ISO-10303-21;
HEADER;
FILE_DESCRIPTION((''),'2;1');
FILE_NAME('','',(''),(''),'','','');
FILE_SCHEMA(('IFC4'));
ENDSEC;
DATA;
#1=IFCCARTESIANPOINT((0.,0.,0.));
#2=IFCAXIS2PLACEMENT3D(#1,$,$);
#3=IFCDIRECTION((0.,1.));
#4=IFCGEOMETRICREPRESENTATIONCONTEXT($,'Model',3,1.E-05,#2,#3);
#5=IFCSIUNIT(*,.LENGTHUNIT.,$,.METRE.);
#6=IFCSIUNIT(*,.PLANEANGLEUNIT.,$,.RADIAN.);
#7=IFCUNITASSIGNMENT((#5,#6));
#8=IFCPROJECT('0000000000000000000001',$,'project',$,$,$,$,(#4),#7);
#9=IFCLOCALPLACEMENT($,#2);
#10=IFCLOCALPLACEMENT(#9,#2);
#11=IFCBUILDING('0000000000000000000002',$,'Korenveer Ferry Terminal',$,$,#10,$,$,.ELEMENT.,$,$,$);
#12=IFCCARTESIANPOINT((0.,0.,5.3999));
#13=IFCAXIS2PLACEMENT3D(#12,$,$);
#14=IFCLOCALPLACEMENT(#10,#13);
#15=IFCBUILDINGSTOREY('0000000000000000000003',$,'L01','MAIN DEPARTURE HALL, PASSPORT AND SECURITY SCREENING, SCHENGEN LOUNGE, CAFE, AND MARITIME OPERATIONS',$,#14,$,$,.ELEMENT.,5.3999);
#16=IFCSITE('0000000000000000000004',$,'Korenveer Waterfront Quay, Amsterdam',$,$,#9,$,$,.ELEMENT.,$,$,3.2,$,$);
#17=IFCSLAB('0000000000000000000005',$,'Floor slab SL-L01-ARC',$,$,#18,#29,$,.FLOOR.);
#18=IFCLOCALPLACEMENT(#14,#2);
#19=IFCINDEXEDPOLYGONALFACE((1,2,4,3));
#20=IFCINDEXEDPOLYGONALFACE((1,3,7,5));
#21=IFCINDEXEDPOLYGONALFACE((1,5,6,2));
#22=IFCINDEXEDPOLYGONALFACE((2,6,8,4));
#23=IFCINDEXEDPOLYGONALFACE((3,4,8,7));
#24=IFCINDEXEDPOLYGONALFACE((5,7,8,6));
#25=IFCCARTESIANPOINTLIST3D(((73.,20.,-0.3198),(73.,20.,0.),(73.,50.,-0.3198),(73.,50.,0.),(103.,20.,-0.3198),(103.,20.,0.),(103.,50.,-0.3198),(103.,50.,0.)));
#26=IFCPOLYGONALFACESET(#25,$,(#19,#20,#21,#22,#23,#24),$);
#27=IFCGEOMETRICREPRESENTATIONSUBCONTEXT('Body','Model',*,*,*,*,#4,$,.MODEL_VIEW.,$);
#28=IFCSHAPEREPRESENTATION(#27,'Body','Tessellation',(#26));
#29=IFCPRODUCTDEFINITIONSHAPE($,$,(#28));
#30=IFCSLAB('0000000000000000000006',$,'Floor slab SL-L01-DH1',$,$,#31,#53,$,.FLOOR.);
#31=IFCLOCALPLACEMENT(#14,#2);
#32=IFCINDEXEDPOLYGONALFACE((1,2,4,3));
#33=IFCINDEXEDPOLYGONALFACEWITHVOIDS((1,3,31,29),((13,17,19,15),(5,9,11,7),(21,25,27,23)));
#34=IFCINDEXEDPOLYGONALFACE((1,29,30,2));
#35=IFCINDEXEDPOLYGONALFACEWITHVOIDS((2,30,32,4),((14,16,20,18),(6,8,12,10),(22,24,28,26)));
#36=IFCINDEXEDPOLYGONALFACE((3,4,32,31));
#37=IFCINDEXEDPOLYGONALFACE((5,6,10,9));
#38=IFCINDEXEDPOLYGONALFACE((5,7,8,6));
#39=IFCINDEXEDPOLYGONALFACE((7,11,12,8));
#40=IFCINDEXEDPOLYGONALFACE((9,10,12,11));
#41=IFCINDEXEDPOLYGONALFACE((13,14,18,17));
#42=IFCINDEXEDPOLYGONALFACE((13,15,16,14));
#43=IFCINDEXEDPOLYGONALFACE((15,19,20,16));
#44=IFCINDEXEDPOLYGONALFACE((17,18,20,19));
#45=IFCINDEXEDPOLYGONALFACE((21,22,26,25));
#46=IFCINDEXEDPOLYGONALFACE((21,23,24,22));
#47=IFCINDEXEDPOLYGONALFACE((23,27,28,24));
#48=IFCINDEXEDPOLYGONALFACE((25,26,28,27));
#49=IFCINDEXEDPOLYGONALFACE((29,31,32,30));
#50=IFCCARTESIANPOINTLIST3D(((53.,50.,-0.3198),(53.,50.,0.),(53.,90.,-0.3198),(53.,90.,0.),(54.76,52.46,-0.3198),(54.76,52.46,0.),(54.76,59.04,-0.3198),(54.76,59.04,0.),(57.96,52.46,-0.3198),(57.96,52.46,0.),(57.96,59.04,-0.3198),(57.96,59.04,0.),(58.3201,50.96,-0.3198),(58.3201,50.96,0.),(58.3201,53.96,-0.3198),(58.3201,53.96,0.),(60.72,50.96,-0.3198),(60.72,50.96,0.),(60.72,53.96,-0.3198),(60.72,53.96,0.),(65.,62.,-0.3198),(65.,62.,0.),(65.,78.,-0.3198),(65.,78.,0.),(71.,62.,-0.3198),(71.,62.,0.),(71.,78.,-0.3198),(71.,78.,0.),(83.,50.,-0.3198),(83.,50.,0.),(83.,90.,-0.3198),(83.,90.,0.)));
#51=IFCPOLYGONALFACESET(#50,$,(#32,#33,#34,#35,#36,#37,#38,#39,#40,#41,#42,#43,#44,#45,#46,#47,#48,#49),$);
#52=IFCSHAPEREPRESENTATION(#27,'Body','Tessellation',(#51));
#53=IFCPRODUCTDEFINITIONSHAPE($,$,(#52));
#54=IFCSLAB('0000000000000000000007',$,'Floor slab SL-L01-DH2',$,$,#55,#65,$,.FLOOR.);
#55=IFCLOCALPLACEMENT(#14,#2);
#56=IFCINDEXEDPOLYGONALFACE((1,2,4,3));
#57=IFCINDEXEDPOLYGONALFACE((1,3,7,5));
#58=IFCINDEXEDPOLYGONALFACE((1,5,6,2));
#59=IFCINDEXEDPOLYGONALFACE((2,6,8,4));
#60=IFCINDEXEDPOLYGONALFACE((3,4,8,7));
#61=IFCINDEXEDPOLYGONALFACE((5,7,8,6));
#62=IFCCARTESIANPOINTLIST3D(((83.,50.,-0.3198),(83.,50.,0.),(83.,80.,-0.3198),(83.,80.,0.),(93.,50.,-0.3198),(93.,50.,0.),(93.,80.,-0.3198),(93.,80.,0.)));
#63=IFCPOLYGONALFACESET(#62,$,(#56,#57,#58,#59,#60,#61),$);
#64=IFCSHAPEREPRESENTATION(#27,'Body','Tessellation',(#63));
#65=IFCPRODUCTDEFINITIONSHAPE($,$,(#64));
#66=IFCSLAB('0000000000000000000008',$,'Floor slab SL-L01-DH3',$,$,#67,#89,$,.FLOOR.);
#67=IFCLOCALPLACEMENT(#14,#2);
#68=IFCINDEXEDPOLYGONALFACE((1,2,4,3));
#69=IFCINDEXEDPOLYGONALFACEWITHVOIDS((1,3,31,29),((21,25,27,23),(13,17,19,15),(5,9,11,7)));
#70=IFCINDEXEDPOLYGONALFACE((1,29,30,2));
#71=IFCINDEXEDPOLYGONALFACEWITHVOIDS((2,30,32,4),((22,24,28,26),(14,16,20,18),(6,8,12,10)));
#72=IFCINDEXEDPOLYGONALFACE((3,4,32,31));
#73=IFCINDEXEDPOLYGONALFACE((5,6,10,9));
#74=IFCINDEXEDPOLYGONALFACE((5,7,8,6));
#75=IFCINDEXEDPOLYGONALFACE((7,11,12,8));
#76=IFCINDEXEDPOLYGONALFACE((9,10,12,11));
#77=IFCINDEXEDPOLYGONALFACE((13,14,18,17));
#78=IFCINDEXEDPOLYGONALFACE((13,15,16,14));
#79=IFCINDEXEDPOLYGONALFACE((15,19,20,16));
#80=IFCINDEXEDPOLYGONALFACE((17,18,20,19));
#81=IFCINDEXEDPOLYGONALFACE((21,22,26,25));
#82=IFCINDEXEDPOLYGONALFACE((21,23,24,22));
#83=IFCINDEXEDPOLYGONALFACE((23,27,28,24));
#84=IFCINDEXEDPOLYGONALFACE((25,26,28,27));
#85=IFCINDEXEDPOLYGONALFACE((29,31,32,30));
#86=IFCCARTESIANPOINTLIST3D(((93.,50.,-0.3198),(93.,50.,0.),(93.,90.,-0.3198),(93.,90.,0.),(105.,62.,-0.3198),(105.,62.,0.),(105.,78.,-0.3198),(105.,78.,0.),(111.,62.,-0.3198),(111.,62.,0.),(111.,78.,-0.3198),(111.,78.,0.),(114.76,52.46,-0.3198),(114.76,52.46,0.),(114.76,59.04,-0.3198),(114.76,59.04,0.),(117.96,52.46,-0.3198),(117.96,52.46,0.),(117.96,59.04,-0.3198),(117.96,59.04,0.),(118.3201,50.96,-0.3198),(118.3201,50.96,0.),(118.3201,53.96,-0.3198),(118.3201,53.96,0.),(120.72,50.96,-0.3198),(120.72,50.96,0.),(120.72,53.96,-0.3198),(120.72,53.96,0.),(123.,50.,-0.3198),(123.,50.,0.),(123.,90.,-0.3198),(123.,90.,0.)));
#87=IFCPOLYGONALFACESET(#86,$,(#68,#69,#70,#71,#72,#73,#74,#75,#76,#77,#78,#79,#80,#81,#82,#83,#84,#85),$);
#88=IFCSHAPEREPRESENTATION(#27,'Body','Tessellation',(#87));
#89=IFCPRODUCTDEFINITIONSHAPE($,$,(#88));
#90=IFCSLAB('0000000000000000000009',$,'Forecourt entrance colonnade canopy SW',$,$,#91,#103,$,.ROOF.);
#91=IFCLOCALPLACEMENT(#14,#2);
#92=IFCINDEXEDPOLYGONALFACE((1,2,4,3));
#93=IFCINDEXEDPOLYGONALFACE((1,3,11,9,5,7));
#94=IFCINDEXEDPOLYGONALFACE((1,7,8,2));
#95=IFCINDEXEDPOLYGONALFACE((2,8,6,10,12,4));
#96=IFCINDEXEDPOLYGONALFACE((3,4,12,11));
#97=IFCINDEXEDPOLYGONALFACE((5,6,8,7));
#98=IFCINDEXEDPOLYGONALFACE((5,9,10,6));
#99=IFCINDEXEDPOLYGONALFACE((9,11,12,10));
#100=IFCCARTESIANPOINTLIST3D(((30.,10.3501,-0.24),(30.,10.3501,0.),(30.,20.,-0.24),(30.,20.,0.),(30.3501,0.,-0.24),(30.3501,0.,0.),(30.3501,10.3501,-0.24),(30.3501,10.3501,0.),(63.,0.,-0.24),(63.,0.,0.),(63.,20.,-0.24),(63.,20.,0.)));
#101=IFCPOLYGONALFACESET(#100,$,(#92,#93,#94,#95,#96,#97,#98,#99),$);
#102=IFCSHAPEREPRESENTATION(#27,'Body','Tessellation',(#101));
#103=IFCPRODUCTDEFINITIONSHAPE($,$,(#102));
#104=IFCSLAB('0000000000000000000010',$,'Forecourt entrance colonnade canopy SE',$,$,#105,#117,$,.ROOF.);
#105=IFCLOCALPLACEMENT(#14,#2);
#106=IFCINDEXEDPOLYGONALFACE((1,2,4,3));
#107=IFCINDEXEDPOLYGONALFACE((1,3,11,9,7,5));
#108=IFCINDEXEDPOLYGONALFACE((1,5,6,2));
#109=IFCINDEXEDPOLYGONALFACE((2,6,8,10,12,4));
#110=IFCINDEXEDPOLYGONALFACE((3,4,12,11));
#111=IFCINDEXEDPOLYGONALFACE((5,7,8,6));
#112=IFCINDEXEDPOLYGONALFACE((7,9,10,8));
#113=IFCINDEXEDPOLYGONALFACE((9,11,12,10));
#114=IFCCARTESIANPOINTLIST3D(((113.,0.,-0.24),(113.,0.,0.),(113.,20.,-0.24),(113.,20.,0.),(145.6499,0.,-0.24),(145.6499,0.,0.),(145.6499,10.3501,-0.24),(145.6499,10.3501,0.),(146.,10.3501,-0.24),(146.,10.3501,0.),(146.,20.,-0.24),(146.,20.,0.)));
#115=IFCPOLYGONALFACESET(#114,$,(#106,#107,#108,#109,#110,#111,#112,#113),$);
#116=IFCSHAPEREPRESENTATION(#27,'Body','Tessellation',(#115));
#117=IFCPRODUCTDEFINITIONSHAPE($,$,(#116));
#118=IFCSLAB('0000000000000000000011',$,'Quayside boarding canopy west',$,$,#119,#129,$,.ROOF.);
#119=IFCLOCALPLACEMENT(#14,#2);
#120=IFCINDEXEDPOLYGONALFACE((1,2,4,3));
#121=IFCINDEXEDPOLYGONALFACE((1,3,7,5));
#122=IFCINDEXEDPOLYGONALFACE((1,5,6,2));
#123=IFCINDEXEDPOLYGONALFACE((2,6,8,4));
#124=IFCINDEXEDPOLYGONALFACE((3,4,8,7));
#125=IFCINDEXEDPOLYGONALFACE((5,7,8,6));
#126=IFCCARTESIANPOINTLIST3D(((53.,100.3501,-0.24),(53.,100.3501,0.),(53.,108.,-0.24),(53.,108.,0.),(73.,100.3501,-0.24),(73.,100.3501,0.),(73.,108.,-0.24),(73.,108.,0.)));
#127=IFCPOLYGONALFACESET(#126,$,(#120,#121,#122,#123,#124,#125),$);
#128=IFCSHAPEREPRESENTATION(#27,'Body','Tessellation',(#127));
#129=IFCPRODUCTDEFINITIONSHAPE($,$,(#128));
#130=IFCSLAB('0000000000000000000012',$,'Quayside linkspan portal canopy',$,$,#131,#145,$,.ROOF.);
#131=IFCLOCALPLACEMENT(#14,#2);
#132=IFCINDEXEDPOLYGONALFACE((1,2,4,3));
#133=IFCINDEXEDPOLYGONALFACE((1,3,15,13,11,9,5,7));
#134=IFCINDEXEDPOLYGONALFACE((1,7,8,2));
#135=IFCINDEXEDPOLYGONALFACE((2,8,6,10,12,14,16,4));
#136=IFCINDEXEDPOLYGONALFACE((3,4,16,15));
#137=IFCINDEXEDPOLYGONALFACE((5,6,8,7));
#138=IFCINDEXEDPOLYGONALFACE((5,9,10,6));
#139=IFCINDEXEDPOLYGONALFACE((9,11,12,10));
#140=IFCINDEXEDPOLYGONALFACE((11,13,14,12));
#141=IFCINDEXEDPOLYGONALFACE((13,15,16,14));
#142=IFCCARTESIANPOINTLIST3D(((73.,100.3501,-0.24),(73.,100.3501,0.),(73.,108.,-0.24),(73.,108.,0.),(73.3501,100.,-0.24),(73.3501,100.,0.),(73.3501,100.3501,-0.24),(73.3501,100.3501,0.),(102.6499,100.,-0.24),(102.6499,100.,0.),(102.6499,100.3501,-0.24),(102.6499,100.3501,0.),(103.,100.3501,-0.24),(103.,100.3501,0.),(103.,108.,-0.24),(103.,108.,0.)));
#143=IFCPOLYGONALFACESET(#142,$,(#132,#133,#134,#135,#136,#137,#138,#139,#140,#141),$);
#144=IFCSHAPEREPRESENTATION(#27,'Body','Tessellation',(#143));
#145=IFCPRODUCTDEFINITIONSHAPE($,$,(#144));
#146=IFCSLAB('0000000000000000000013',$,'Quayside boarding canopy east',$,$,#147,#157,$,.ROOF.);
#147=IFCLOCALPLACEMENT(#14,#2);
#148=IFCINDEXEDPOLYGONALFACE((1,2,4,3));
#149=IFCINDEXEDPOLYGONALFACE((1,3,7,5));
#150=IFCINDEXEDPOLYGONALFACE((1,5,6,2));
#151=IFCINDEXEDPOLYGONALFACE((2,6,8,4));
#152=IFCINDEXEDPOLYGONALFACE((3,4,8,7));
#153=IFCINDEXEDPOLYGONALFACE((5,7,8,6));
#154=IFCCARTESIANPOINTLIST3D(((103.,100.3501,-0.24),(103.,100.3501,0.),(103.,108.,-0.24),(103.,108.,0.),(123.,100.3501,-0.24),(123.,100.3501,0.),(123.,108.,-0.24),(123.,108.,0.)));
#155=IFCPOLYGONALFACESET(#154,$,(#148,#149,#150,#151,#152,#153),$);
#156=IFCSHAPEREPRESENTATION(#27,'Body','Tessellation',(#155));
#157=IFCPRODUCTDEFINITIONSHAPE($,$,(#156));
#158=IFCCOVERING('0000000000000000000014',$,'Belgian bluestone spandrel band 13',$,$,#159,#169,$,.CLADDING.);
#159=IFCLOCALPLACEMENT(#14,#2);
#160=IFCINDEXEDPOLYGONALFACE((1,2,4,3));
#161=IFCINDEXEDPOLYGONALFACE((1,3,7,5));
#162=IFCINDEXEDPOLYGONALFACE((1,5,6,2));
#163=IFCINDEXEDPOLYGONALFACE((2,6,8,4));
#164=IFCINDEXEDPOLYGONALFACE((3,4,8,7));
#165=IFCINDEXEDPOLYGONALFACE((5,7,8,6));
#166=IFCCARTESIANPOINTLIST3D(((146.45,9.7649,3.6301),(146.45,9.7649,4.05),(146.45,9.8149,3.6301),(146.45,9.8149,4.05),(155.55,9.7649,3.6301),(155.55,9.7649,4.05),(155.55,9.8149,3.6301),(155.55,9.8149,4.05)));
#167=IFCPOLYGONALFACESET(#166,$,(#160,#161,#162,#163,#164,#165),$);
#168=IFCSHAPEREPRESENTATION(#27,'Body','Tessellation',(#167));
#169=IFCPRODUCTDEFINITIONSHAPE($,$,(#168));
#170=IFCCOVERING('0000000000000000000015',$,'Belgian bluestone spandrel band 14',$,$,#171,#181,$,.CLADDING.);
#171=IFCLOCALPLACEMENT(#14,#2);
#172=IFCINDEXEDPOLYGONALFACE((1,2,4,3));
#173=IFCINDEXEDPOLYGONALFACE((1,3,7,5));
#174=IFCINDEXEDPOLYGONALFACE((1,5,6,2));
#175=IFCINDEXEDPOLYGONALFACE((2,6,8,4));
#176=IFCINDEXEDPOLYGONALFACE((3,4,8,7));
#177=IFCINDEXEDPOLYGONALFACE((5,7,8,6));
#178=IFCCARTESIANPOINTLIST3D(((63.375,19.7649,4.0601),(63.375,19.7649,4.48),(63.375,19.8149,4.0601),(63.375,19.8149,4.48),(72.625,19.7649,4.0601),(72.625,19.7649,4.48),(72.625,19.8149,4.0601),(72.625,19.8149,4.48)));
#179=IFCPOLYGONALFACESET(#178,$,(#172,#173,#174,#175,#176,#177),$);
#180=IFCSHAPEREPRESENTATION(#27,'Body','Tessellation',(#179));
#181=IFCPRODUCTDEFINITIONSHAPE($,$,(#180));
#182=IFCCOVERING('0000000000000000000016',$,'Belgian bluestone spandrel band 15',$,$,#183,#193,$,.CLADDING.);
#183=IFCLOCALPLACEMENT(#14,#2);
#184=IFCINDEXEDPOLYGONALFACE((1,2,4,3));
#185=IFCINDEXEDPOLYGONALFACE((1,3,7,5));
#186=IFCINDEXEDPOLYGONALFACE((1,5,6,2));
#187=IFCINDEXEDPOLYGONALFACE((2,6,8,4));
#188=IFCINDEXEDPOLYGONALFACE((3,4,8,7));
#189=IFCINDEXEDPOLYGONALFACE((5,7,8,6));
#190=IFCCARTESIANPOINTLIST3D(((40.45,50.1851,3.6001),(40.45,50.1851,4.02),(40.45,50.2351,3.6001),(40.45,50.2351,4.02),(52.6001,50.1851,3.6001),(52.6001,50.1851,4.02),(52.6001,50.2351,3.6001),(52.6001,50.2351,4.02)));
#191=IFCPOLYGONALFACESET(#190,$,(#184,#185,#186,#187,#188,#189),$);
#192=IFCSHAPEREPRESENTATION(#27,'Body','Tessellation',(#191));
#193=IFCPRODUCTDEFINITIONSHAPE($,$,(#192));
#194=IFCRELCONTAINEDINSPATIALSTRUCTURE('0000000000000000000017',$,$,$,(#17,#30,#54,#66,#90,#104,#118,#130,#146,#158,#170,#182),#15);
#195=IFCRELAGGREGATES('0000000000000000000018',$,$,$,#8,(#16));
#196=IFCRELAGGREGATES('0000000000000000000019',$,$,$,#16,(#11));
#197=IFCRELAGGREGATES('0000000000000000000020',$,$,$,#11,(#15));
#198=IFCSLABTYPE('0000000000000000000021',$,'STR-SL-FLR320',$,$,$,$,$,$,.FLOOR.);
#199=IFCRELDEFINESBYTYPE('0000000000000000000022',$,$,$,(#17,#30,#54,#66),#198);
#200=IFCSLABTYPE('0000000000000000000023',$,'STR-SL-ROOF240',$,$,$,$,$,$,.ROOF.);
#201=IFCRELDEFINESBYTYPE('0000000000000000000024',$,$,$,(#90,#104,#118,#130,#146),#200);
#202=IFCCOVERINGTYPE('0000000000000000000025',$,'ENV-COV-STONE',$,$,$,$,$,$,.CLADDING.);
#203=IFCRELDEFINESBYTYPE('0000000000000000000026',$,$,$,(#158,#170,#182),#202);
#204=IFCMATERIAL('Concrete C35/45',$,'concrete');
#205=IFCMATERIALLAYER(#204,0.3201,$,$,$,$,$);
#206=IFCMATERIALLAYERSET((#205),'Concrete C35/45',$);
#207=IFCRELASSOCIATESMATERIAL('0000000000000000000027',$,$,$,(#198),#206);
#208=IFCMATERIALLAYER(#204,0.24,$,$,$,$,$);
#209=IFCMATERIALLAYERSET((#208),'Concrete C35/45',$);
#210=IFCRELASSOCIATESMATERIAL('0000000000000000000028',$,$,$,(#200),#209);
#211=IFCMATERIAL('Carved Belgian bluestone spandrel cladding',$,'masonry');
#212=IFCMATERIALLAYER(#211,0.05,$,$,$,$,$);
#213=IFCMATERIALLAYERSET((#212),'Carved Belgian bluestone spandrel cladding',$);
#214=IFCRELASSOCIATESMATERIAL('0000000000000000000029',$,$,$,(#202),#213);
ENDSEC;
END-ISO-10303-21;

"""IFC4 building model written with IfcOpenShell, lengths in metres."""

from ifc_helpers import new_model, si_unit, direction, frame, origin, place, context, subcontext, project, spatial, polyline, outline, extrude, material, layer, layer_set, type_object, element, save


model = new_model("IFC4")

# Units and contexts
model_context = context("Model", 3, precision=1e-05, world=origin(), true_north=direction((0.0, 1.0)))
body_context = subcontext(model_context, "Body", "Model", "MODEL_VIEW")
ifc_project = project(units=[si_unit("LENGTHUNIT", "METRE"), si_unit("PLANEANGLEUNIT", "RADIAN")], contexts=[model_context])

# Site, building, storey
site_placement = place(None, origin())
site = spatial("IfcSite", under=ifc_project, at=site_placement, Name="Korenveer Waterfront Quay, Amsterdam", CompositionType="ELEMENT", RefElevation=3.2)
building_placement = place(site_placement, origin())
building = spatial("IfcBuilding", under=site, at=building_placement, Name="Korenveer Ferry Terminal", CompositionType="ELEMENT")
storey_placement = place(building_placement, frame((0.0, 0.0, 5.3999)))
storey = spatial("IfcBuildingStorey", under=building, at=storey_placement, Name="L01", Description="MAIN DEPARTURE HALL, PASSPORT AND SECURITY SCREENING, SCHENGEN LOUNGE, CAFE, AND MARITIME OPERATIONS", CompositionType="ELEMENT", Elevation=5.3999)

# Slabs
ifc_material_1 = material(Name="Concrete C35/45", Category="concrete")
ifc_layer_1 = layer(ifc_material_1, 0.3201)
ifc_layer_set_1 = layer_set([ifc_layer_1], Name="Concrete C35/45")
slab_type_1 = type_object("IfcSlabType", Name="STR-SL-FLR320", PredefinedType="FLOOR", material=ifc_layer_set_1)
slab_1_placement = place(storey_placement, frame((0.0, 0.0, -0.3198)))
element("IfcSlab", 1, at=slab_1_placement, inside=storey, type_object=slab_type_1, Name="Floor slab SL-L01-ARC", PredefinedType="FLOOR", context=body_context, shape_type="SweptSolid", body=[
    extrude(outline(polyline([(73.0, 20.0), (103.0, 20.0), (103.0, 50.0), (73.0, 50.0), (73.0, 20.0)])), origin(), (0.0, 0.0, 1.0), 0.3198),
])
slab_2_placement = place(storey_placement, frame((0.0, 0.0, -0.3198)))
element("IfcSlab", 2, at=slab_2_placement, inside=storey, type_object=slab_type_1, Name="Floor slab SL-L01-DH1", PredefinedType="FLOOR", context=body_context, shape_type="SweptSolid", body=[
    extrude(outline(polyline([(53.0, 50.0), (83.0, 50.0), (83.0, 90.0), (53.0, 90.0), (53.0, 50.0)]), holes=[polyline([(57.96, 52.46), (57.96, 59.04), (54.76, 59.04), (54.76, 52.46), (57.96, 52.46)]), polyline([(58.3201, 50.96), (60.72, 50.96), (60.72, 53.96), (58.3201, 53.96), (58.3201, 50.96)]), polyline([(65.0, 62.0), (71.0, 62.0), (71.0, 78.0), (65.0, 78.0), (65.0, 62.0)])]), origin(), (0.0, 0.0, 1.0), 0.3198),
])
slab_3_placement = place(storey_placement, frame((0.0, 0.0, -0.3198)))
element("IfcSlab", 3, at=slab_3_placement, inside=storey, type_object=slab_type_1, Name="Floor slab SL-L01-DH2", PredefinedType="FLOOR", context=body_context, shape_type="SweptSolid", body=[
    extrude(outline(polyline([(83.0, 50.0), (93.0, 50.0), (93.0, 80.0), (83.0, 80.0), (83.0, 50.0)])), origin(), (0.0, 0.0, 1.0), 0.3198),
])
slab_4_placement = place(storey_placement, frame((0.0, 0.0, -0.3198)))
element("IfcSlab", 4, at=slab_4_placement, inside=storey, type_object=slab_type_1, Name="Floor slab SL-L01-DH3", PredefinedType="FLOOR", context=body_context, shape_type="SweptSolid", body=[
    extrude(outline(polyline([(93.0, 50.0), (123.0, 50.0), (123.0, 90.0), (93.0, 90.0), (93.0, 50.0)]), holes=[polyline([(117.96, 52.46), (117.96, 59.04), (114.76, 59.04), (114.76, 52.46), (117.96, 52.46)]), polyline([(118.3201, 50.96), (120.72, 50.96), (120.72, 53.96), (118.3201, 53.96), (118.3201, 50.96)]), polyline([(105.0, 62.0), (111.0, 62.0), (111.0, 78.0), (105.0, 78.0), (105.0, 62.0)])]), origin(), (0.0, 0.0, 1.0), 0.3198),
])
ifc_layer_2 = layer(ifc_material_1, 0.24)
ifc_layer_set_2 = layer_set([ifc_layer_2], Name="Concrete C35/45")
slab_type_2 = type_object("IfcSlabType", Name="STR-SL-ROOF240", PredefinedType="ROOF", material=ifc_layer_set_2)
slab_5_placement = place(storey_placement, frame((0.0, 0.0, -0.24)))
element("IfcSlab", 5, at=slab_5_placement, inside=storey, type_object=slab_type_2, Name="Forecourt entrance colonnade canopy SW", PredefinedType="ROOF", context=body_context, shape_type="SweptSolid", body=[
    extrude(outline(polyline([(30.3501, 0.0), (63.0, 0.0), (63.0, 20.0), (30.0, 20.0), (30.0, 10.3501), (30.3501, 10.3501), (30.3501, 0.0)])), origin(), (0.0, 0.0, 1.0), 0.24),
])
slab_6_placement = place(storey_placement, frame((0.0, 0.0, -0.24)))
element("IfcSlab", 6, at=slab_6_placement, inside=storey, type_object=slab_type_2, Name="Forecourt entrance colonnade canopy SE", PredefinedType="ROOF", context=body_context, shape_type="SweptSolid", body=[
    extrude(outline(polyline([(113.0, 0.0), (145.6499, 0.0), (145.6499, 10.3501), (146.0, 10.3501), (146.0, 20.0), (113.0, 20.0), (113.0, 0.0)])), origin(), (0.0, 0.0, 1.0), 0.24),
])
slab_7_placement = place(storey_placement, frame((0.0, 0.0, -0.24)))
element("IfcSlab", 7, at=slab_7_placement, inside=storey, type_object=slab_type_2, Name="Quayside boarding canopy west", PredefinedType="ROOF", context=body_context, shape_type="SweptSolid", body=[
    extrude(outline(polyline([(53.0, 100.3501), (73.0, 100.3501), (73.0, 108.0), (53.0, 108.0), (53.0, 100.3501)])), origin(), (0.0, 0.0, 1.0), 0.24),
])
slab_8_placement = place(storey_placement, frame((0.0, 0.0, -0.24)))
element("IfcSlab", 8, at=slab_8_placement, inside=storey, type_object=slab_type_2, Name="Quayside linkspan portal canopy", PredefinedType="ROOF", context=body_context, shape_type="SweptSolid", body=[
    extrude(outline(polyline([(73.3501, 100.0), (102.6499, 100.0), (102.6499, 100.3501), (103.0, 100.3501), (103.0, 108.0), (73.0, 108.0), (73.0, 100.3501), (73.3501, 100.3501), (73.3501, 100.0)])), origin(), (0.0, 0.0, 1.0), 0.24),
])
slab_9_placement = place(storey_placement, frame((0.0, 0.0, -0.24)))
element("IfcSlab", 9, at=slab_9_placement, inside=storey, type_object=slab_type_2, Name="Quayside boarding canopy east", PredefinedType="ROOF", context=body_context, shape_type="SweptSolid", body=[
    extrude(outline(polyline([(103.0, 100.3501), (123.0, 100.3501), (123.0, 108.0), (103.0, 108.0), (103.0, 100.3501)])), origin(), (0.0, 0.0, 1.0), 0.24),
])

# Coverings
ifc_material_2 = material(Name="Carved Belgian bluestone spandrel cladding", Category="masonry")
ifc_layer_3 = layer(ifc_material_2, 0.05)
ifc_layer_set_3 = layer_set([ifc_layer_3], Name="Carved Belgian bluestone spandrel cladding")
covering_type = type_object("IfcCoveringType", Name="ENV-COV-STONE", PredefinedType="CLADDING", material=ifc_layer_set_3)
covering_1_placement = place(storey_placement, frame((0.0, 0.0, 3.6301)))
element("IfcCovering", 10, at=covering_1_placement, inside=storey, type_object=covering_type, Name="Belgian bluestone spandrel band 13", PredefinedType="CLADDING", context=body_context, shape_type="SweptSolid", body=[
    extrude(outline(polyline([(146.45, 9.7649), (155.55, 9.7649), (155.55, 9.8149), (146.45, 9.8149), (146.45, 9.7649)])), origin(), (0.0, 0.0, 1.0), 0.4199),
])
covering_2_placement = place(storey_placement, frame((0.0, 0.0, 4.0601)))
element("IfcCovering", 11, at=covering_2_placement, inside=storey, type_object=covering_type, Name="Belgian bluestone spandrel band 14", PredefinedType="CLADDING", context=body_context, shape_type="SweptSolid", body=[
    extrude(outline(polyline([(63.375, 19.7649), (72.625, 19.7649), (72.625, 19.8149), (63.375, 19.8149), (63.375, 19.7649)])), origin(), (0.0, 0.0, 1.0), 0.4199),
])
covering_3_placement = place(storey_placement, frame((0.0, 0.0, 3.6001)))
element("IfcCovering", 12, at=covering_3_placement, inside=storey, type_object=covering_type, Name="Belgian bluestone spandrel band 15", PredefinedType="CLADDING", context=body_context, shape_type="SweptSolid", body=[
    extrude(outline(polyline([(40.45, 50.1851), (52.6001, 50.1851), (52.6001, 50.2351), (40.45, 50.2351), (40.45, 50.1851)])), origin(), (0.0, 0.0, 1.0), 0.4199),
])

save(model, "model.ifc")
